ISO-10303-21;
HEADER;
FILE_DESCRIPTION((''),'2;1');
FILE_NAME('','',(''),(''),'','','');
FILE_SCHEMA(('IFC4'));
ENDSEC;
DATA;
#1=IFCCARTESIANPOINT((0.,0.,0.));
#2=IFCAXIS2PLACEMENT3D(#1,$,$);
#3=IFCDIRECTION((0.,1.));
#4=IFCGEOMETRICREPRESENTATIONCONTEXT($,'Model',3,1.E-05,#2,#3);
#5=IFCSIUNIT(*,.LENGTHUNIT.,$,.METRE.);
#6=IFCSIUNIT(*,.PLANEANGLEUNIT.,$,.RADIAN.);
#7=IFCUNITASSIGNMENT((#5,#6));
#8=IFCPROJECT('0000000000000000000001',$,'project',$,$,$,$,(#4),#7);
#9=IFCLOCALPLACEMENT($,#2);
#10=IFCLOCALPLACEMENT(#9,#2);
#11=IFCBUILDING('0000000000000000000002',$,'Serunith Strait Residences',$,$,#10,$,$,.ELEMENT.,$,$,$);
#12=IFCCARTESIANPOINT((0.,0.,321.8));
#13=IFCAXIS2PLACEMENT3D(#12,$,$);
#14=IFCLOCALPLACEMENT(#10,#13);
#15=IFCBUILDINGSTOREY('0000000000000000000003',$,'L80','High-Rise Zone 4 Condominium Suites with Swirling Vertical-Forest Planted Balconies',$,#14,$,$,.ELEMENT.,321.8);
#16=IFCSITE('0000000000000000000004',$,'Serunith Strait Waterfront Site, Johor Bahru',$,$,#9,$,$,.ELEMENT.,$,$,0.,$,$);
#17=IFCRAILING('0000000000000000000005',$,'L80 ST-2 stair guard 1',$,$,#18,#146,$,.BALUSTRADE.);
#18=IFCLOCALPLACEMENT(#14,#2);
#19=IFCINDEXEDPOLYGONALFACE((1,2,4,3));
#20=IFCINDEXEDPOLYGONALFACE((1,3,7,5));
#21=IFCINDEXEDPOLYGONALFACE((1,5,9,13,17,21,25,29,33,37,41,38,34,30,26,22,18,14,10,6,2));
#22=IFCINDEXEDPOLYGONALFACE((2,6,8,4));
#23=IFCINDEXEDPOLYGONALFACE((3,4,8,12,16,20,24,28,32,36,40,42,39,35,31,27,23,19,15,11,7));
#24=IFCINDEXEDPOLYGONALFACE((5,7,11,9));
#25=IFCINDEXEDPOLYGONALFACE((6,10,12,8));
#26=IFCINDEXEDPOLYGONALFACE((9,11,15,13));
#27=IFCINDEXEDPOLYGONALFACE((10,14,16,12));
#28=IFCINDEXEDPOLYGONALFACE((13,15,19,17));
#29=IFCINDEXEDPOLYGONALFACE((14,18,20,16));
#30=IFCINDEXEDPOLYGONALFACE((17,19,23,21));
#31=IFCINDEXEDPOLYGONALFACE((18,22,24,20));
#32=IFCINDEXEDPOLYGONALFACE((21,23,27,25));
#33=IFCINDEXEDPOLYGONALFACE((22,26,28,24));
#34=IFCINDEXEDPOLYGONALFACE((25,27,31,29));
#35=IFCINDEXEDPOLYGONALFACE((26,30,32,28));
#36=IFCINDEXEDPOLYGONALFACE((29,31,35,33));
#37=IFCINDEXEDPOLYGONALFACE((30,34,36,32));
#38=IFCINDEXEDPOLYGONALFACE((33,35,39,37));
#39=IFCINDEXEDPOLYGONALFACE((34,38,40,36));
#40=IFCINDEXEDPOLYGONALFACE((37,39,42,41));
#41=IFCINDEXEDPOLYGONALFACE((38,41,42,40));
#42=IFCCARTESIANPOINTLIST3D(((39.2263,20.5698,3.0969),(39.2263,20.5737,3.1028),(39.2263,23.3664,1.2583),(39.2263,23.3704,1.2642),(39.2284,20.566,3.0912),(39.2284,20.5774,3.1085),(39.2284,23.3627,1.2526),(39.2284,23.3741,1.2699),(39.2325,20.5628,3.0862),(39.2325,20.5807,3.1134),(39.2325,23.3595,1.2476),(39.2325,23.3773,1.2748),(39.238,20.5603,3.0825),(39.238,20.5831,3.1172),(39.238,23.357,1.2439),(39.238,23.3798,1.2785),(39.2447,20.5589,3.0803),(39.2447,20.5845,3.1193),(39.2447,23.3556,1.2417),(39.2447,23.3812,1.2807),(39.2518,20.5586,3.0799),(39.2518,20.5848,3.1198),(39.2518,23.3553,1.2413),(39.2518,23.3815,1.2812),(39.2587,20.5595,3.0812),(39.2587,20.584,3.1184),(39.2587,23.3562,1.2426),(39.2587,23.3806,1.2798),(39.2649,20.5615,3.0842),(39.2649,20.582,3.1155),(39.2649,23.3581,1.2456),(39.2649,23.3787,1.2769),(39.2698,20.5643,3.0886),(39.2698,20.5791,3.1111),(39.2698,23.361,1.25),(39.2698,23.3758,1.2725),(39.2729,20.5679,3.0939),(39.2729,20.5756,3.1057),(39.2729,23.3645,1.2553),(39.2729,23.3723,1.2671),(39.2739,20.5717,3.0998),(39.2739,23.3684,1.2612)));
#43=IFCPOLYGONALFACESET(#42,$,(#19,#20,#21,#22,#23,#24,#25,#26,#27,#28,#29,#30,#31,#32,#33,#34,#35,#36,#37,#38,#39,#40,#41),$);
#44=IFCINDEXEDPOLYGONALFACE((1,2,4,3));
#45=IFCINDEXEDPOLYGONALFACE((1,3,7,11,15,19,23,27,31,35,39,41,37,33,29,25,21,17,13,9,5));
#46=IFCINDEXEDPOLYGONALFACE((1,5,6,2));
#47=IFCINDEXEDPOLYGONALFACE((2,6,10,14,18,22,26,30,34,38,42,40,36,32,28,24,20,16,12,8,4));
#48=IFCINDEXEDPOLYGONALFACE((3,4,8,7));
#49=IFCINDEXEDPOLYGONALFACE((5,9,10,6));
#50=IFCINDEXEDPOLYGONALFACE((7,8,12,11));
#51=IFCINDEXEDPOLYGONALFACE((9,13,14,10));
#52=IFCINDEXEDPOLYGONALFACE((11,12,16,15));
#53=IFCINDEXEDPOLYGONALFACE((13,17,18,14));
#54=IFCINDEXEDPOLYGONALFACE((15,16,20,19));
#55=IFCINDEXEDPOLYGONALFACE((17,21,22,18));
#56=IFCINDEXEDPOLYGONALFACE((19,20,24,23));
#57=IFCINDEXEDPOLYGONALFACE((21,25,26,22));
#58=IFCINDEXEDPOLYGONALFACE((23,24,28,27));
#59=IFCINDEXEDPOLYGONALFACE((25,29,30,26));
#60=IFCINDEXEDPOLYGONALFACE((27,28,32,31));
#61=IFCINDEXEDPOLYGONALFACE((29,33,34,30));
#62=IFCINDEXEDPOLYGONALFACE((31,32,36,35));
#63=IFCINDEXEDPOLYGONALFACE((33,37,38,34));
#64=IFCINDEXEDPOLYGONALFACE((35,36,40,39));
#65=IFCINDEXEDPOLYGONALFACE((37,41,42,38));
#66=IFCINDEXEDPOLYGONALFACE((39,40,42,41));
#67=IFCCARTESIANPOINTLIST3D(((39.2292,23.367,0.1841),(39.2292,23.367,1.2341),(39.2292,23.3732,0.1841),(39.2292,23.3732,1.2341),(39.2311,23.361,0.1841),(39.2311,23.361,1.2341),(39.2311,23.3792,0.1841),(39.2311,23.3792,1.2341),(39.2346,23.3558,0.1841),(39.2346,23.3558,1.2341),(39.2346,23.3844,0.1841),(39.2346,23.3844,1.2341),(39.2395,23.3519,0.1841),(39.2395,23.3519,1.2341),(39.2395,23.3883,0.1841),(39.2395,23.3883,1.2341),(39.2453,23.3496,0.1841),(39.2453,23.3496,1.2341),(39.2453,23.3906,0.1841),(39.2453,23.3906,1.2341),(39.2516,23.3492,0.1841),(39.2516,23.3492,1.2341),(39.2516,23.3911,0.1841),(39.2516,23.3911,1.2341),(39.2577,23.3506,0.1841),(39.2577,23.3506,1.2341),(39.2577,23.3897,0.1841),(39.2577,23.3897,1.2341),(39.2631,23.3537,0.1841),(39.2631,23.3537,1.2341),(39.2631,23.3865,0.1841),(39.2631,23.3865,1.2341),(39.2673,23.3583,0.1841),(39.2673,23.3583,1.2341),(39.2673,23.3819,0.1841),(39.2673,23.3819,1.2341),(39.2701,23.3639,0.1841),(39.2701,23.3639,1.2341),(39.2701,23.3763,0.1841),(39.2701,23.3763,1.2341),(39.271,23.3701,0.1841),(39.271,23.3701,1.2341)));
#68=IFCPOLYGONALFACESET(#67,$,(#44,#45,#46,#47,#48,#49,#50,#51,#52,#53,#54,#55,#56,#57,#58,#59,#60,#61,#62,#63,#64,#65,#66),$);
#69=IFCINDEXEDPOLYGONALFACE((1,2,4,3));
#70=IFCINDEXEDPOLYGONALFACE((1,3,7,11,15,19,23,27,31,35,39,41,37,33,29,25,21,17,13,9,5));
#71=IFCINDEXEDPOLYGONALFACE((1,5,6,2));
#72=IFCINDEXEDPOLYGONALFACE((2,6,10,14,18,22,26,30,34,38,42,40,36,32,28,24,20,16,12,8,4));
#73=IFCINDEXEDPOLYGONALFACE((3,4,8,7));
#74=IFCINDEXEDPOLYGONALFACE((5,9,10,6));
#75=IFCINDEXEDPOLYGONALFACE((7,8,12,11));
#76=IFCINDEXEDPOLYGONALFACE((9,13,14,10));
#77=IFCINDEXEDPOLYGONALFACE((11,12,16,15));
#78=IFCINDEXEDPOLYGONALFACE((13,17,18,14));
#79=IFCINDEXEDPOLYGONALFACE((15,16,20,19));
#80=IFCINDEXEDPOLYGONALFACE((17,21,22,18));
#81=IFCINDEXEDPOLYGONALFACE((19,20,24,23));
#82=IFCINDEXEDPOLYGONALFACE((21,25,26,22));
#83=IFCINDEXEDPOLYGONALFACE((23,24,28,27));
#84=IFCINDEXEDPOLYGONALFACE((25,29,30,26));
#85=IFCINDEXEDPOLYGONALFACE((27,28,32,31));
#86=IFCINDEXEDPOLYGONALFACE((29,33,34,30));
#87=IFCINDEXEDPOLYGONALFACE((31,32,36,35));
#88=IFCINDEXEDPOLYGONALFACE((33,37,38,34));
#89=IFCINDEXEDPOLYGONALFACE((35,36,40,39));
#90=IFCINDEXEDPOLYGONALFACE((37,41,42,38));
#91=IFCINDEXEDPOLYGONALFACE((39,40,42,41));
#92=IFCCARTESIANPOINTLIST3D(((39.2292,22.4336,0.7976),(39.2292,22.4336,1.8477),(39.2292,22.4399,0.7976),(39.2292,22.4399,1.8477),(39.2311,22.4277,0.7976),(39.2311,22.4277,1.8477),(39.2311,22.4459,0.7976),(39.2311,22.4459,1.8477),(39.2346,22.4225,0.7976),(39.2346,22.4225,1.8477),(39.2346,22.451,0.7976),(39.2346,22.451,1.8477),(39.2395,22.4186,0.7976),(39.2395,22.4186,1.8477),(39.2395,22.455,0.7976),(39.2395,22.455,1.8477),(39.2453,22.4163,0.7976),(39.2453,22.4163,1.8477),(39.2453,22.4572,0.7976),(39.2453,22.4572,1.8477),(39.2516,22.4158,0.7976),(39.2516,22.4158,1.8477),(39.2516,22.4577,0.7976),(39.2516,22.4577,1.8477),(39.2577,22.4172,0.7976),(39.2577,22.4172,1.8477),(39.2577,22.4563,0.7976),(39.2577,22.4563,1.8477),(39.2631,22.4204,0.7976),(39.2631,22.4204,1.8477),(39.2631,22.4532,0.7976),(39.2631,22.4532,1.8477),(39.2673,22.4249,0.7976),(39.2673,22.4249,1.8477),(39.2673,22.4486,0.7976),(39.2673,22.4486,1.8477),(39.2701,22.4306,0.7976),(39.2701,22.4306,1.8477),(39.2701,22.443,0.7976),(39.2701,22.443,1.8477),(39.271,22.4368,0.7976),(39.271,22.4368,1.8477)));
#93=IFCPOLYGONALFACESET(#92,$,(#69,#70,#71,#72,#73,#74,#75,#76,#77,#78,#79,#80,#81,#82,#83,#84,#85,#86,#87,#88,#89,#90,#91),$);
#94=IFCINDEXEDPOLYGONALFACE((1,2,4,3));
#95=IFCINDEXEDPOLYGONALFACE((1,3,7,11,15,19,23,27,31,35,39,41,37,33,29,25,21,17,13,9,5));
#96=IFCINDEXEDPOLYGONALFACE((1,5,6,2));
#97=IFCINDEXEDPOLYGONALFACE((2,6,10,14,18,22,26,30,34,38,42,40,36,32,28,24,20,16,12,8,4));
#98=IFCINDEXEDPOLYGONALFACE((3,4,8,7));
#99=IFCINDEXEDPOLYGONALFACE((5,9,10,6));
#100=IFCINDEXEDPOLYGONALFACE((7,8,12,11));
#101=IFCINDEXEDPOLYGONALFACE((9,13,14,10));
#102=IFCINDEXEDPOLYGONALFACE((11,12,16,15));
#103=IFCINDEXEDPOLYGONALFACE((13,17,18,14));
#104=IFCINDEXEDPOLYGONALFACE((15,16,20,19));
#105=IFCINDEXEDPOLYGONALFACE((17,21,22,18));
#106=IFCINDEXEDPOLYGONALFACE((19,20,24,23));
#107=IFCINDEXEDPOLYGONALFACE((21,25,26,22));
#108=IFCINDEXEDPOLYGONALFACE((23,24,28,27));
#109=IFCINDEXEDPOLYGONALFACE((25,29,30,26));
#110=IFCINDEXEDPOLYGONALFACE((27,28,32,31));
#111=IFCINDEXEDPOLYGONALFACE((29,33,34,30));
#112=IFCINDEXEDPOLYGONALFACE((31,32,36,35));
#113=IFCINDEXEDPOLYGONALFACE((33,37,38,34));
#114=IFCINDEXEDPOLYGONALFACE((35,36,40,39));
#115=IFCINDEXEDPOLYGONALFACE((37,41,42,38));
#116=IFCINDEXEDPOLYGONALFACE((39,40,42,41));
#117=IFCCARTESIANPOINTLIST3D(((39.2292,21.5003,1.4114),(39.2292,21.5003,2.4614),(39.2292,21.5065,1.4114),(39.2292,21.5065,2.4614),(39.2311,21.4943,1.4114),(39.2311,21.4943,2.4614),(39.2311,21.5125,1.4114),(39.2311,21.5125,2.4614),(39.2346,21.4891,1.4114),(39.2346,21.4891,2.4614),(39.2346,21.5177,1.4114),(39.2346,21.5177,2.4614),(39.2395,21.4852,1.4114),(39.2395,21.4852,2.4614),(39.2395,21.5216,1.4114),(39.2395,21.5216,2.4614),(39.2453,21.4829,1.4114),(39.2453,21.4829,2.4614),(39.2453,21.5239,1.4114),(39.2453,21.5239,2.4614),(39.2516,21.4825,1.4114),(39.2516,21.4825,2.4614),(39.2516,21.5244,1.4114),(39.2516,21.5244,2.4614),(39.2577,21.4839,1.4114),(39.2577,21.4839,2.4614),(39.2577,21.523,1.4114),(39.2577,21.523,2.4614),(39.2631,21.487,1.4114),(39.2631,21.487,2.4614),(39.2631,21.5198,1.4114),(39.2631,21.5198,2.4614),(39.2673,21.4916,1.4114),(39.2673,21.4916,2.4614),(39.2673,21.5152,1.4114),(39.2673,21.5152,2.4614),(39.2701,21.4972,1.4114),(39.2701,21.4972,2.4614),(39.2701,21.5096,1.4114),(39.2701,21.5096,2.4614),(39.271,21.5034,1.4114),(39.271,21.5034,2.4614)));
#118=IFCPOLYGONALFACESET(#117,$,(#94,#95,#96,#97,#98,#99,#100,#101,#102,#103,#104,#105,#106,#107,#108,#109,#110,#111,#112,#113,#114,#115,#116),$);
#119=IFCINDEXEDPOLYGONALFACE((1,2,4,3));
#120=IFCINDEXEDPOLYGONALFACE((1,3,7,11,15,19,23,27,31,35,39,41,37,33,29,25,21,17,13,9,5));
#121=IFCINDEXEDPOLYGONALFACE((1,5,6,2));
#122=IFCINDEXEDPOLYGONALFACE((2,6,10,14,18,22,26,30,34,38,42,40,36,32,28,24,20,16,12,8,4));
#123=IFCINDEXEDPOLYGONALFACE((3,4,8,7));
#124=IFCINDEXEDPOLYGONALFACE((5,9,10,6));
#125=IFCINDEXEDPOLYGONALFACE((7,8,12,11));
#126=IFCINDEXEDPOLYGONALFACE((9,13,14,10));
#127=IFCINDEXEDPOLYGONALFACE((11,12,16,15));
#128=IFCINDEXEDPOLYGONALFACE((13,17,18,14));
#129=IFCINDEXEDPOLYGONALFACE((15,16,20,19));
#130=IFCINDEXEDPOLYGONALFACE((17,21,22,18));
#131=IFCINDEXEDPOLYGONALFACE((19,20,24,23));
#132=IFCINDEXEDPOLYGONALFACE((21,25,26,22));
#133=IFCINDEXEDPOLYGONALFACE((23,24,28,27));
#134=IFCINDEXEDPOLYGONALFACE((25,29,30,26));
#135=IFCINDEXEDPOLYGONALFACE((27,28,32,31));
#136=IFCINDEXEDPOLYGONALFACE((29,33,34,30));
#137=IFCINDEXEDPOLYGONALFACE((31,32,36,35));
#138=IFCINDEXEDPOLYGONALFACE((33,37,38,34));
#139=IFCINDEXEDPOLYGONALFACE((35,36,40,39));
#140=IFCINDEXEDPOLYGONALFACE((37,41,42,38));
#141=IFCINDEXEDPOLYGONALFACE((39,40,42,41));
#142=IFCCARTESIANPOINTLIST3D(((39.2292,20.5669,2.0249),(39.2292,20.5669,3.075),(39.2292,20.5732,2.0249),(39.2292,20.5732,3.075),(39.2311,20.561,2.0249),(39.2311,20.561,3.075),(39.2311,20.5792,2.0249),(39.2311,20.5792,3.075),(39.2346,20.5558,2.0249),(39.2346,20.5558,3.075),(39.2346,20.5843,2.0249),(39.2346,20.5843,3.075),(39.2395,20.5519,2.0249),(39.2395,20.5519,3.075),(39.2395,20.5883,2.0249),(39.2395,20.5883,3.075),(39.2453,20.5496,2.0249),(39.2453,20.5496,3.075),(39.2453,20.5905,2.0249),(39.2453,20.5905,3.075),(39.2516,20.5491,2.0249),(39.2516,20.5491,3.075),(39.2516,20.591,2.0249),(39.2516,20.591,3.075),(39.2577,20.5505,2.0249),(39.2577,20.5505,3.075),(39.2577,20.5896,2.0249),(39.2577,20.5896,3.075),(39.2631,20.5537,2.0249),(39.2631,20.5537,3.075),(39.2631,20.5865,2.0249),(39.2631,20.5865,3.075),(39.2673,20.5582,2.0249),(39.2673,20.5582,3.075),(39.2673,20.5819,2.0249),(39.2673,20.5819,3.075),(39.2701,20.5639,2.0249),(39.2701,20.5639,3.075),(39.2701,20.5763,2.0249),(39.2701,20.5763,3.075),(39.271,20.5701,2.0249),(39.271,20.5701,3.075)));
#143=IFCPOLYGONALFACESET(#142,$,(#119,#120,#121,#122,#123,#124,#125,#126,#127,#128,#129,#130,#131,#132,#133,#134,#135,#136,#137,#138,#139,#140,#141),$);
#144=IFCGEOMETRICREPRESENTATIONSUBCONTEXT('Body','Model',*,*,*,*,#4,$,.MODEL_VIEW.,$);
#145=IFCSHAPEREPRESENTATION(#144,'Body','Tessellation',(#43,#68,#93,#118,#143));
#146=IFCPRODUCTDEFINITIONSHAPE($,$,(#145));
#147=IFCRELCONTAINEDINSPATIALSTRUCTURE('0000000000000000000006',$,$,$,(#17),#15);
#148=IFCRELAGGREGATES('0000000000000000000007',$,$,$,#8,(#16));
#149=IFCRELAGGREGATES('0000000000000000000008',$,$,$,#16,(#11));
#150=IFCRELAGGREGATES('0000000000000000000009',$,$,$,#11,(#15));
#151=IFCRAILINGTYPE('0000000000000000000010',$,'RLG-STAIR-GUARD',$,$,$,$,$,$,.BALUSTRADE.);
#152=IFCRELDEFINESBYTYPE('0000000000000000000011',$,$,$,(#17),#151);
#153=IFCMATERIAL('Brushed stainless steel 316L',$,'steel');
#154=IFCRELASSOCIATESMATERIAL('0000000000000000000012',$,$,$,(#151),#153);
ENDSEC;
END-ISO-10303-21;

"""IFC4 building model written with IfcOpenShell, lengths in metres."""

from ifc_helpers import new_model, si_unit, direction, frame, origin, origin_2d, place, context, subcontext, project, spatial, circle, extrude, material, type_object, element, save


model = new_model("IFC4")

# Units and contexts
model_context = context("Model", 3, precision=1e-05, world=origin(), true_north=direction((0.0, 1.0)))
body_context = subcontext(model_context, "Body", "Model", "MODEL_VIEW")
ifc_project = project(units=[si_unit("LENGTHUNIT", "METRE"), si_unit("PLANEANGLEUNIT", "RADIAN")], contexts=[model_context])

# Site, building, storey
site_placement = place(None, origin())
site = spatial("IfcSite", under=ifc_project, at=site_placement, Name="Serunith Strait Waterfront Site, Johor Bahru", CompositionType="ELEMENT", RefElevation=0.0)
building_placement = place(site_placement, origin())
building = spatial("IfcBuilding", under=site, at=building_placement, Name="Serunith Strait Residences", CompositionType="ELEMENT")
storey_placement = place(building_placement, frame((0.0, 0.0, 321.8)))
storey = spatial("IfcBuildingStorey", under=building, at=storey_placement, Name="L80", Description="High-Rise Zone 4 Condominium Suites with Swirling Vertical-Forest Planted Balconies", CompositionType="ELEMENT", Elevation=321.8)

# Railing
ifc_material_1 = material(Name="Brushed stainless steel 316L", Category="steel")
railing_type_1 = type_object("IfcRailingType", Name="RLG-STAIR-GUARD", PredefinedType="BALUSTRADE", material=ifc_material_1)
railing_1_placement = place(storey_placement, frame((39.25, 23.3701, 0.1841)))
element("IfcRailing", 1, at=railing_1_placement, inside=storey, type_object=railing_type_1, Name="L80 ST-2 stair guard 1", PredefinedType="BALUSTRADE", context=body_context, shape_type="SweptSolid", body=[
    extrude(circle(Radius=0.0239, at=origin_2d()), frame((0.0, -0.0017, 1.0771), z_axis=(0.0, -0.835598, 0.549342), x_axis=(1.0, 0.0, 0.0)), (0.0, 0.0, 1.0), 3.3469),
    extrude(circle(Radius=0.021, at=origin_2d()), origin(), (0.0, 0.0, 1.0), 1.05),
    extrude(circle(Radius=0.021, at=origin_2d()), frame((0.0, -0.9333, 0.6135)), (0.0, 0.0, 1.0), 1.05),
    extrude(circle(Radius=0.021, at=origin_2d()), frame((0.0, -1.8667, 1.2273)), (0.0, 0.0, 1.0), 1.05),
    extrude(circle(Radius=0.021, at=origin_2d()), frame((0.0, -2.8, 1.8408)), (0.0, 0.0, 1.0), 1.05),
])

save(model, "model.ifc")
